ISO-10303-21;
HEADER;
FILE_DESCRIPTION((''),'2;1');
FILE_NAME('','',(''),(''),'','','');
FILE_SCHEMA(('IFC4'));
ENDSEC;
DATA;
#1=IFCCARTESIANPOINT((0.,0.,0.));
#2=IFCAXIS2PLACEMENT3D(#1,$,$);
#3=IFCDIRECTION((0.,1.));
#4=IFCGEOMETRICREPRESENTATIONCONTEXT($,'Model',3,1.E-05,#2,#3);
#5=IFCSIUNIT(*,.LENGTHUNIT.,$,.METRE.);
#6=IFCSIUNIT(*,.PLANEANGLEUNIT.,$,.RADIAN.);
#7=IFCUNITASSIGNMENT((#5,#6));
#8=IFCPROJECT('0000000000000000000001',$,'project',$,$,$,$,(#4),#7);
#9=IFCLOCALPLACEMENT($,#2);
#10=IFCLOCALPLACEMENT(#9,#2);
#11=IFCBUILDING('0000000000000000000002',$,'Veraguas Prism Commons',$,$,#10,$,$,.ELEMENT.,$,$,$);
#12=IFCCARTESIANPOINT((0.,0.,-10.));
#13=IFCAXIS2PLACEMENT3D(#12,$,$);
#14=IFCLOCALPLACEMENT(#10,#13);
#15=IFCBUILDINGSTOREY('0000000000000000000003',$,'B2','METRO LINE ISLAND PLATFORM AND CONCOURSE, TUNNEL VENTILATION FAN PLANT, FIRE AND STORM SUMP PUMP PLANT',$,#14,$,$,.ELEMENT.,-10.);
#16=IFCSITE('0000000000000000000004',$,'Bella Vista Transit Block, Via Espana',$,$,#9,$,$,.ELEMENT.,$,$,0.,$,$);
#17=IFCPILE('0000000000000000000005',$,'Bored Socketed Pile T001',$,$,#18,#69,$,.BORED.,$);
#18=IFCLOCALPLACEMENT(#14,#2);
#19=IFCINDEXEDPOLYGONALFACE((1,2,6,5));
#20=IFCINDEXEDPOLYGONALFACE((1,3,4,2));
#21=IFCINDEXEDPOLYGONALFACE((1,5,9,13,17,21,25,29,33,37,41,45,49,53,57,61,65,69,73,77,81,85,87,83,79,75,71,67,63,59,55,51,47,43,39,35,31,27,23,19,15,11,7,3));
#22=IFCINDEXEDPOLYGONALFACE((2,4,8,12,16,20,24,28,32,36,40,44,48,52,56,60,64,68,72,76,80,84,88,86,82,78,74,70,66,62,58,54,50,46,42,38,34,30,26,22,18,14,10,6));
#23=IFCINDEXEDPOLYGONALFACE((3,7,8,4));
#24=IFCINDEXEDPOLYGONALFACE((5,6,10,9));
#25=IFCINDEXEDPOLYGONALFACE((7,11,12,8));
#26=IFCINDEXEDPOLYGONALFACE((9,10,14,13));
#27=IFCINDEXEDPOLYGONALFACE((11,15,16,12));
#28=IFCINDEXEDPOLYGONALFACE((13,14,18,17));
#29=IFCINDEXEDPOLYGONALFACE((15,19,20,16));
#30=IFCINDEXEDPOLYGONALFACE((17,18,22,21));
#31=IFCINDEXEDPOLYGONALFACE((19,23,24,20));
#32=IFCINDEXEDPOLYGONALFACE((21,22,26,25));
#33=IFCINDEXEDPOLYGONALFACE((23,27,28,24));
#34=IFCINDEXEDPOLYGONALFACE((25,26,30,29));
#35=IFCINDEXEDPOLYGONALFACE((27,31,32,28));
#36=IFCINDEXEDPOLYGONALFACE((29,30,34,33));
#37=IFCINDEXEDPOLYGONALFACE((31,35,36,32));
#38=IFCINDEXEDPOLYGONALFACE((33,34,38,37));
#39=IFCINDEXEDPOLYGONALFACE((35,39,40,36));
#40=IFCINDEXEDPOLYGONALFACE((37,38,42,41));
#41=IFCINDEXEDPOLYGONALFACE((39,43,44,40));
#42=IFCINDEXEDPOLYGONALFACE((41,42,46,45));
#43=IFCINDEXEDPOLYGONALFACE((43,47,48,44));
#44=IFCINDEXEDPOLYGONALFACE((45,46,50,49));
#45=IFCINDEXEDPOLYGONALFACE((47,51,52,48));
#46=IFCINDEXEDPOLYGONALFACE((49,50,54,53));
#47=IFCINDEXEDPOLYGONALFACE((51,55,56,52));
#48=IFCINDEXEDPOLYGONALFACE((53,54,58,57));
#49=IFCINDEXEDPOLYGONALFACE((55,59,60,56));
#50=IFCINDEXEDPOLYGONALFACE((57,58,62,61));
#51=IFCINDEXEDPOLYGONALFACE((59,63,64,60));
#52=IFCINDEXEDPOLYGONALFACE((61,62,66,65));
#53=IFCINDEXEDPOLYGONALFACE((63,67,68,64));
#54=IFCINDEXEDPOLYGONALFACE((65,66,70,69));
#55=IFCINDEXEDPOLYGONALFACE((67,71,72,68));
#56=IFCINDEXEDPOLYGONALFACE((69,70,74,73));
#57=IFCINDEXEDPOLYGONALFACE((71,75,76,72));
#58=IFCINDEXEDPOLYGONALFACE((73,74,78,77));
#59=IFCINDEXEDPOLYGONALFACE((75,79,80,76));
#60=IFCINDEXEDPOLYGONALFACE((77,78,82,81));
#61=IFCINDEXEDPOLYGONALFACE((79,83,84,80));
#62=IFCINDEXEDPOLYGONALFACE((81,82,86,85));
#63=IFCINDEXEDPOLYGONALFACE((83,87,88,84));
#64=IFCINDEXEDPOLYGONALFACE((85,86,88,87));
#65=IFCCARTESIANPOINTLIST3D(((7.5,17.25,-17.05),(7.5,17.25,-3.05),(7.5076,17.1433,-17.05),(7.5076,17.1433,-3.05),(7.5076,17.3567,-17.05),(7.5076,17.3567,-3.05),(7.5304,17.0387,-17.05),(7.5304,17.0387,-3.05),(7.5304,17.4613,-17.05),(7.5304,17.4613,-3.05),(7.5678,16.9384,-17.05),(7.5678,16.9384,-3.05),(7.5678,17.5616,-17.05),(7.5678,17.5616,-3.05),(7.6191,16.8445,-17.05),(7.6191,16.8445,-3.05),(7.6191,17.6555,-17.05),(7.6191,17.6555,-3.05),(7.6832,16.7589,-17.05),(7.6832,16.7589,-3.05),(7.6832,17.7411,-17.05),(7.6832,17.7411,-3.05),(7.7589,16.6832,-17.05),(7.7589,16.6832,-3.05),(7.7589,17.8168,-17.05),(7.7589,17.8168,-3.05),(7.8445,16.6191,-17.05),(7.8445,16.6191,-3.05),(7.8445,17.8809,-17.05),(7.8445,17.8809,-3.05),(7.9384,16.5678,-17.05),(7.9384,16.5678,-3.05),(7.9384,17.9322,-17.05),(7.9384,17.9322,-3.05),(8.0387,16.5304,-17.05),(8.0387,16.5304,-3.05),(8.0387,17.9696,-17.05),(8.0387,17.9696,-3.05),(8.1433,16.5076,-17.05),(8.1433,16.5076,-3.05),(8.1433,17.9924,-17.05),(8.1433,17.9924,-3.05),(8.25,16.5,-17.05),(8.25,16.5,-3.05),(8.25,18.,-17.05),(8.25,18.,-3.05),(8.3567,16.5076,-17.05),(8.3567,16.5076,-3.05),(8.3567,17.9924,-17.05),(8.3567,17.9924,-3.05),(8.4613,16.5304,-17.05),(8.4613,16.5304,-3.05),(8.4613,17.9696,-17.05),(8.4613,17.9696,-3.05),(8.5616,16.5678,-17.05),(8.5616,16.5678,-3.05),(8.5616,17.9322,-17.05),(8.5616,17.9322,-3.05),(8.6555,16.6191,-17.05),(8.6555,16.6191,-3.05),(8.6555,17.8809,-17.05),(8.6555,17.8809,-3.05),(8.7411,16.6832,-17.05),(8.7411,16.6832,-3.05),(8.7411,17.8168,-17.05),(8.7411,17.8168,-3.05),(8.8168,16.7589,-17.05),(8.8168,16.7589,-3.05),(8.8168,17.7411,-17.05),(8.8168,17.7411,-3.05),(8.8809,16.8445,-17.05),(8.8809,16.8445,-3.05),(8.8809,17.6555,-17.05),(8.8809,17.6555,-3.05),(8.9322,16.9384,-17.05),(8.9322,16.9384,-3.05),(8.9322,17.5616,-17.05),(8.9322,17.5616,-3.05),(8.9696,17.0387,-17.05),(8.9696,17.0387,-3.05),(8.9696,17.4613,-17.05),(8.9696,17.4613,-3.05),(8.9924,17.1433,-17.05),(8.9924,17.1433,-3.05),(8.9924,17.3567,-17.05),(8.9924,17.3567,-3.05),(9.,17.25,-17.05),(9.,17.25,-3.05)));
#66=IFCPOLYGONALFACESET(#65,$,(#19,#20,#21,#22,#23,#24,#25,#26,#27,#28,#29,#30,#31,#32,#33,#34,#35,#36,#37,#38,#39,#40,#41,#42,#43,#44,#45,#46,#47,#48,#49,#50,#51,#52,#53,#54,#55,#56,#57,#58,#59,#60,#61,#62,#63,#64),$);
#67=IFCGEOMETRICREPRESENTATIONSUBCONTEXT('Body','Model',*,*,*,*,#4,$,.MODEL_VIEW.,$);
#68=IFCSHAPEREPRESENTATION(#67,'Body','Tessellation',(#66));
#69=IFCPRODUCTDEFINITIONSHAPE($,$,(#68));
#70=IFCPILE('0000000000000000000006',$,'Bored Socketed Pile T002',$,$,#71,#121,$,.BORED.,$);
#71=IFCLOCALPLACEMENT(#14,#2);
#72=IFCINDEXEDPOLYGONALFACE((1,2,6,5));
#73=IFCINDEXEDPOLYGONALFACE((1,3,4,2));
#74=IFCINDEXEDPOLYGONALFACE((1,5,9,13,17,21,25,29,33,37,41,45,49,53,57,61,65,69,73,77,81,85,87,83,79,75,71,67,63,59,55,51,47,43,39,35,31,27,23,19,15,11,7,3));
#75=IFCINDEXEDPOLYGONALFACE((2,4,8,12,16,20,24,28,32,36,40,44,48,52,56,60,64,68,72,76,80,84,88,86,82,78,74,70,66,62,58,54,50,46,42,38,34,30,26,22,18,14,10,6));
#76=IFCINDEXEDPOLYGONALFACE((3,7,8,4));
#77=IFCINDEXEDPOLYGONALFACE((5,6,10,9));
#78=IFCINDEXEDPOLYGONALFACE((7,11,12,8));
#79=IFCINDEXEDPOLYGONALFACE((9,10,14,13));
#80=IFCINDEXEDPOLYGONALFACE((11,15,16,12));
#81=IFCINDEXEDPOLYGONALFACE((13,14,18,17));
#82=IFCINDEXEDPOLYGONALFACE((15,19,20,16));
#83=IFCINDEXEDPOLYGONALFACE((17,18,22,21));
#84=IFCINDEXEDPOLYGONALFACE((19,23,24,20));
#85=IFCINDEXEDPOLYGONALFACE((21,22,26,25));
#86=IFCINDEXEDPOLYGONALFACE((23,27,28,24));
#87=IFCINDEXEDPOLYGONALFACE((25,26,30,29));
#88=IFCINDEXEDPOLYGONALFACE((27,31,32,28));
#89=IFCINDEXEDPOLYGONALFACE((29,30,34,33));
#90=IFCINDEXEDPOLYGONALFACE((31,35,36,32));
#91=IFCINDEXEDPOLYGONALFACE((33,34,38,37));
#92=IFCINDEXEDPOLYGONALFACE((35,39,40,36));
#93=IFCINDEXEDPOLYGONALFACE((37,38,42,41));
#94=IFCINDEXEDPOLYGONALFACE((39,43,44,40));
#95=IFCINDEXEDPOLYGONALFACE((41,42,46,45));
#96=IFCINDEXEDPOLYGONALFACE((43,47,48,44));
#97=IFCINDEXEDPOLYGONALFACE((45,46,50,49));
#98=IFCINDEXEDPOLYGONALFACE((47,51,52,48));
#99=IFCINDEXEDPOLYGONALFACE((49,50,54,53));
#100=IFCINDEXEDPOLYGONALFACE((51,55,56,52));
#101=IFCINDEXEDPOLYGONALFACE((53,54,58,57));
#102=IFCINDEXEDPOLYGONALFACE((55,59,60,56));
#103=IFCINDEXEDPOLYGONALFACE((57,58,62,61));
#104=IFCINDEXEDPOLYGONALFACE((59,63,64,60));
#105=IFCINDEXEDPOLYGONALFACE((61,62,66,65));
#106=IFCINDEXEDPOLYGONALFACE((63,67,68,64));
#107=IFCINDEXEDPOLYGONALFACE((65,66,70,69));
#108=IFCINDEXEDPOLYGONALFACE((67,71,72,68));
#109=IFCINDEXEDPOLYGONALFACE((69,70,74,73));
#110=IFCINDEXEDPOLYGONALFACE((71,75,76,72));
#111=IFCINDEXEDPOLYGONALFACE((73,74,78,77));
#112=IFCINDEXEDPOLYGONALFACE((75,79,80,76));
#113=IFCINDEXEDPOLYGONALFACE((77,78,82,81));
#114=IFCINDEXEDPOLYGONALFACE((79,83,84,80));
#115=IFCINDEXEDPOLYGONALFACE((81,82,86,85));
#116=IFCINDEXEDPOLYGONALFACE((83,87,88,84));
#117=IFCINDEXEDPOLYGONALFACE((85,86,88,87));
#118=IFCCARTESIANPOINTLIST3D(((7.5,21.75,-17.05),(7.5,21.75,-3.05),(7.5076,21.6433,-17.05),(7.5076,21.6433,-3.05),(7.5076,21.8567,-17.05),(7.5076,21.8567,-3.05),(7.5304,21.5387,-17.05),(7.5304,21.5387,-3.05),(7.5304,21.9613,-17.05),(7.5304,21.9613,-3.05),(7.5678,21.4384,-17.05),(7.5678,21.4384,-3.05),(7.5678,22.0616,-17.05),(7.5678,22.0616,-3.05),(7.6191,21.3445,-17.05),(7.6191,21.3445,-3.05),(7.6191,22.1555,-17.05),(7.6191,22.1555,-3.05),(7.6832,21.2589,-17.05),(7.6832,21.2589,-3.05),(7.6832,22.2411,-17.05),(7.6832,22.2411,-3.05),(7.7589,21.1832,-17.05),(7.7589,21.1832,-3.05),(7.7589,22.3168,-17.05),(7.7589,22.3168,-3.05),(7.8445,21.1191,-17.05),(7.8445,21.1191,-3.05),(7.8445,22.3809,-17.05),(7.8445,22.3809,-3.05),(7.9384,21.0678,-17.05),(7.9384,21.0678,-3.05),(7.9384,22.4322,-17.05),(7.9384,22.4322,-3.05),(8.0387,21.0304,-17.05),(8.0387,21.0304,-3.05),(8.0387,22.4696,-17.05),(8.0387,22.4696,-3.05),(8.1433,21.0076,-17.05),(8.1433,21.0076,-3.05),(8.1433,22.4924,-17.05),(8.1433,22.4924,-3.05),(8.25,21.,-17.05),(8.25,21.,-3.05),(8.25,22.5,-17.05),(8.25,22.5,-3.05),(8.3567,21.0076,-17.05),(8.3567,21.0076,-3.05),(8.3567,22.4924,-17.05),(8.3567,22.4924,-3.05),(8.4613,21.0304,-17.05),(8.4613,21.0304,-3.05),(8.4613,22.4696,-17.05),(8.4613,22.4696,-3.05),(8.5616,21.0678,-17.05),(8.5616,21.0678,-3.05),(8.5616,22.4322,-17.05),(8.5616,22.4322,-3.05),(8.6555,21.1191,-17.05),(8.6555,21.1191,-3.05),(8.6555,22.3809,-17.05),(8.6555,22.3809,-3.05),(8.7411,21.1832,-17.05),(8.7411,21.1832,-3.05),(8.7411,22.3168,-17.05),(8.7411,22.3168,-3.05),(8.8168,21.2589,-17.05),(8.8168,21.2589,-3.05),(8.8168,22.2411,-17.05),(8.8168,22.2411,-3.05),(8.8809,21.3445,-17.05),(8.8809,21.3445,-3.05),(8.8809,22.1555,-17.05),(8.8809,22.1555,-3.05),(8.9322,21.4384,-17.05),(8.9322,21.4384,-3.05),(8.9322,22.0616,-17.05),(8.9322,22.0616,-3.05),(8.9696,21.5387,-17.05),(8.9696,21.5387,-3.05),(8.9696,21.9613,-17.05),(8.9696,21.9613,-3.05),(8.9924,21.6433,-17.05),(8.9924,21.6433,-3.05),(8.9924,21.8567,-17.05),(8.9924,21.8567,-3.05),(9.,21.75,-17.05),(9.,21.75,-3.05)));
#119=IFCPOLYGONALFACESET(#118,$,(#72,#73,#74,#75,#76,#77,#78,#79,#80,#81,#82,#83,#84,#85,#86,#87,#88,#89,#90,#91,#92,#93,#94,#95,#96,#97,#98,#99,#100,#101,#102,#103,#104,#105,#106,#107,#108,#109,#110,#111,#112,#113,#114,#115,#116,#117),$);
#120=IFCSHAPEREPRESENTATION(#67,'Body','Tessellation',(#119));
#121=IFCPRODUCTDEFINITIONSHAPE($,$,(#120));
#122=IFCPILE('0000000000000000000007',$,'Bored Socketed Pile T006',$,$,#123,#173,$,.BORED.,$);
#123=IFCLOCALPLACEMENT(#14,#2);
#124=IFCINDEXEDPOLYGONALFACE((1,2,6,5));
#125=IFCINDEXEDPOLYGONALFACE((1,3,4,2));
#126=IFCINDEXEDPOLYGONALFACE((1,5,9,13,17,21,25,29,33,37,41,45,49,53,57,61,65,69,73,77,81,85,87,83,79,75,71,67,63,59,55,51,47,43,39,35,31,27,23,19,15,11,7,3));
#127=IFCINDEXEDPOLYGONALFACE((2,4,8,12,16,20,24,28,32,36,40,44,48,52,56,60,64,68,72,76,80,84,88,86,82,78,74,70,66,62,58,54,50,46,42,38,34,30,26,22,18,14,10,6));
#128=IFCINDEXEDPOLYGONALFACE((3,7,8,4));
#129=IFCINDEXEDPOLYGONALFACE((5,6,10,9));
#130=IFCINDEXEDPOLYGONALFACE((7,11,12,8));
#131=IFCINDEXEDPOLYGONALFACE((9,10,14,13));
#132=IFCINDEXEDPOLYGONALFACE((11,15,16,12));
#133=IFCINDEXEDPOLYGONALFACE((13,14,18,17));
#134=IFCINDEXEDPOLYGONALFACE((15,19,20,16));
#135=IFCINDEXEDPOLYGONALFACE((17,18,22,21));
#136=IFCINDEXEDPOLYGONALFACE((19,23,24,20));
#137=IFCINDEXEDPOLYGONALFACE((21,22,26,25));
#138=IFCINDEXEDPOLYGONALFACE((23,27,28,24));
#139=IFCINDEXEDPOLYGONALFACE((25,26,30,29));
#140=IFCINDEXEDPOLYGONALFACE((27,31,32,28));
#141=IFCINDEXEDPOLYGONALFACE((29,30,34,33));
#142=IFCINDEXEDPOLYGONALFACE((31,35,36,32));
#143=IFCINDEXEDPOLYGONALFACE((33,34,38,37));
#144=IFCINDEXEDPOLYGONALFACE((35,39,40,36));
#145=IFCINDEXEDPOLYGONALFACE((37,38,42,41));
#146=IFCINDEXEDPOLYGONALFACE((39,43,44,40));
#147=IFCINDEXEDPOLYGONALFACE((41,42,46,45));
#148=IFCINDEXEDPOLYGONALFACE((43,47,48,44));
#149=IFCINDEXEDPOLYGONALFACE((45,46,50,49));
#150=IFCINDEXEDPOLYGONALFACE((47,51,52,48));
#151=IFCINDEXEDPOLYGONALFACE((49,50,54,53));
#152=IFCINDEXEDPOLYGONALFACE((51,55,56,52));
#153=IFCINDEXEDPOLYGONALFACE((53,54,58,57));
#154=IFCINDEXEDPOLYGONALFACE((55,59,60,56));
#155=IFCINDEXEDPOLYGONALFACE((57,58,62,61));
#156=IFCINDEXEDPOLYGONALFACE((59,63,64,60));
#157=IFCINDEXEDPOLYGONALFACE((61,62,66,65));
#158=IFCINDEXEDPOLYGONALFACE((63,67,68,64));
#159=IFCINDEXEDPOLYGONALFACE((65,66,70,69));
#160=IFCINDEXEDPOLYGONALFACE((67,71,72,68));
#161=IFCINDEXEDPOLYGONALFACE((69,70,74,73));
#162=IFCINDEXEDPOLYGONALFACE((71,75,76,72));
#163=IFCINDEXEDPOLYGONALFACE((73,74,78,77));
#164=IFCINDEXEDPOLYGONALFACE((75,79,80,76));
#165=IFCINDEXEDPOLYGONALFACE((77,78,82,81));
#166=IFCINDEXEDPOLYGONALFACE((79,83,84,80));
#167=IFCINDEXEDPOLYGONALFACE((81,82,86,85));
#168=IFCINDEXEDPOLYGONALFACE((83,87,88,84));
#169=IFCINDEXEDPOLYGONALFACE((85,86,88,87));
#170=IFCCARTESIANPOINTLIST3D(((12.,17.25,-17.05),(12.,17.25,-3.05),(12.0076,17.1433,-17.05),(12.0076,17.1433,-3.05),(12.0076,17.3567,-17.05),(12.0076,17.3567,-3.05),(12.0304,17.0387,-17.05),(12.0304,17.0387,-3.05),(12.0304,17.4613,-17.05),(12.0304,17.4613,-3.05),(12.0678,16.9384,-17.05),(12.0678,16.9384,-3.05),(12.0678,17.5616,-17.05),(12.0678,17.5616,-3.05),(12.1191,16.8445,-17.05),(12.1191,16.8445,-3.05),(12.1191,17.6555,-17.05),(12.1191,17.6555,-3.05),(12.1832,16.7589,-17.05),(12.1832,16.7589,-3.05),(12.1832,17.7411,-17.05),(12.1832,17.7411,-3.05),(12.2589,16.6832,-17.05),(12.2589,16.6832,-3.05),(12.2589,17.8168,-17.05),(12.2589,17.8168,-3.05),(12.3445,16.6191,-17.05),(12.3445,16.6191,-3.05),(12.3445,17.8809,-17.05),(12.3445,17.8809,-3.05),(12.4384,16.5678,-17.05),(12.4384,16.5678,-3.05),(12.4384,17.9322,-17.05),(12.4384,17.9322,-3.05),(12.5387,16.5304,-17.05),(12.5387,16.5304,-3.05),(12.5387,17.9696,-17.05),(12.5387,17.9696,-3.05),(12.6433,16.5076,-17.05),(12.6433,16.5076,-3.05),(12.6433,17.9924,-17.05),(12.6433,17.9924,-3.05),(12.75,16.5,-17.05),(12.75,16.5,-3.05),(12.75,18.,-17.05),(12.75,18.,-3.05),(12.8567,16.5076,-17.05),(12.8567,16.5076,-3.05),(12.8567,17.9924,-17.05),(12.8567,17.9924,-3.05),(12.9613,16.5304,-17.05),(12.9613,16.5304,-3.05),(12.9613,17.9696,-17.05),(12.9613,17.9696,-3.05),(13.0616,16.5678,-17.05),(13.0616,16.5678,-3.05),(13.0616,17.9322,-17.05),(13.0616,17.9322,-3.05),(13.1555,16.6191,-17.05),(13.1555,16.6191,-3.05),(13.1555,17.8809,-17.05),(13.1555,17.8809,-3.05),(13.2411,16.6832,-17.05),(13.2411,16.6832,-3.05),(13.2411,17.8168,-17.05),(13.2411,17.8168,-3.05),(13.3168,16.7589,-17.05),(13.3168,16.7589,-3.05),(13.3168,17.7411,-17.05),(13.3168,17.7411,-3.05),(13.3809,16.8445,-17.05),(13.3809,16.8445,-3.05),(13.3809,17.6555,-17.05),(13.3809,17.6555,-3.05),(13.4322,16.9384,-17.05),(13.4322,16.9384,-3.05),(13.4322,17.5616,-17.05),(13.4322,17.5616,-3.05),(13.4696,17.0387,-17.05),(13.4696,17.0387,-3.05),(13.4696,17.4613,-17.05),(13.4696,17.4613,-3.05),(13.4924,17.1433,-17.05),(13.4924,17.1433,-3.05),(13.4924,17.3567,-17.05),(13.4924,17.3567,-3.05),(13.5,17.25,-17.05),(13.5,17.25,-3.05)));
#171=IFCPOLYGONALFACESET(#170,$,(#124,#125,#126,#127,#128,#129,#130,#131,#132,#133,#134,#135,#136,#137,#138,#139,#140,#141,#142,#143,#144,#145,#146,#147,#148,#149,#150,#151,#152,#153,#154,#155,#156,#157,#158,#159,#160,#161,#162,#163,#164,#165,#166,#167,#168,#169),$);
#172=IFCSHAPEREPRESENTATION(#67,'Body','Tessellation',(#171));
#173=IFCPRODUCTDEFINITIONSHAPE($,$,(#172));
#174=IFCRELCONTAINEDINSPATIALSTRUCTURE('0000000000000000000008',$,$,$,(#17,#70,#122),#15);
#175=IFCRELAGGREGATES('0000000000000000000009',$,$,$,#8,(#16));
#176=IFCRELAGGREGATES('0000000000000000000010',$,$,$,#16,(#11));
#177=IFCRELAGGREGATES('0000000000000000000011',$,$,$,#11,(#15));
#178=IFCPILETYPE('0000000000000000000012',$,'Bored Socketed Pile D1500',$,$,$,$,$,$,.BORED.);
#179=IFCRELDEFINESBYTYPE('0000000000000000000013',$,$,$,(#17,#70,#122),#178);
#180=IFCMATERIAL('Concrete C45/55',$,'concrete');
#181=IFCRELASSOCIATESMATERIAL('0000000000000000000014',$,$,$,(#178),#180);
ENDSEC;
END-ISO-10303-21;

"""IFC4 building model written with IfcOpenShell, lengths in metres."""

from ifc_helpers import new_model, si_unit, direction, frame, origin, origin_2d, place, context, subcontext, project, spatial, circle, extrude, source, transform, mapped, material, material_profile, profile_set, type_object, element, save


model = new_model("IFC4")

# Units and contexts
model_context = context("Model", 3, precision=1e-05, world=origin(), true_north=direction((0.0, 1.0)))
body_context = subcontext(model_context, "Body", "Model", "MODEL_VIEW")
ifc_project = project(units=[si_unit("LENGTHUNIT", "METRE"), si_unit("PLANEANGLEUNIT", "RADIAN")], contexts=[model_context])

# Site, building, storey
site_placement = place(None, origin())
site = spatial("IfcSite", under=ifc_project, at=site_placement, Name="Bella Vista Transit Block, Via Espana", CompositionType="ELEMENT", RefElevation=0.0)
building_placement = place(site_placement, origin())
building = spatial("IfcBuilding", under=site, at=building_placement, Name="Veraguas Prism Commons", CompositionType="ELEMENT")
storey_placement = place(building_placement, frame((0.0, 0.0, -10.0)))
storey = spatial("IfcBuildingStorey", under=building, at=storey_placement, Name="B2", Description="METRO LINE ISLAND PLATFORM AND CONCOURSE, TUNNEL VENTILATION FAN PLANT, FIRE AND STORM SUMP PUMP PLANT", CompositionType="ELEMENT", Elevation=-10.0)

# Piles
ifc_material_1 = material(Name="Concrete C45/55", Category="concrete")
ifc_material_profile_1 = material_profile(ifc_material_1, circle(Radius=0.75, at=origin_2d()), Name="PILE1500")
ifc_profile_set_1 = profile_set([ifc_material_profile_1], Name="Concrete C45/55")
pile_type_1 = type_object("IfcPileType", Name="Bored Socketed Pile D1500", PredefinedType="BORED", material=ifc_profile_set_1)
shared_shape_1 = source(origin(), body_context, "Body", "SweptSolid", [
    extrude(circle(Radius=0.75, at=origin_2d()), origin(), (0.0, 0.0, 1.0), 14.0),
])
for number, where, z_axis, x_axis, name in (
    (1, (8.25, 17.25, -3.05), (0.0, 0.0, -1.0), (1.0, 0.0, 0.0), "Bored Socketed Pile T001"),
    (2, (8.25, 21.75, -3.05), (0.0, 0.0, -1.0), (1.0, 0.0, 0.0), "Bored Socketed Pile T002"),
    (3, (12.75, 17.25, -3.05), (0.0, 0.0, -1.0), (1.0, 0.0, 0.0), "Bored Socketed Pile T006"),
):
    element("IfcPile", number, at=place(storey_placement, frame(where, z_axis=z_axis, x_axis=x_axis)), inside=storey, type_object=pile_type_1, Name=name, PredefinedType="BORED", context=body_context, shape_type="MappedRepresentation", body=[
        mapped(shared_shape_1, transform((0.0, 0.0, 0.0), scale=1.0)),
    ])

save(model, "model.ifc")
